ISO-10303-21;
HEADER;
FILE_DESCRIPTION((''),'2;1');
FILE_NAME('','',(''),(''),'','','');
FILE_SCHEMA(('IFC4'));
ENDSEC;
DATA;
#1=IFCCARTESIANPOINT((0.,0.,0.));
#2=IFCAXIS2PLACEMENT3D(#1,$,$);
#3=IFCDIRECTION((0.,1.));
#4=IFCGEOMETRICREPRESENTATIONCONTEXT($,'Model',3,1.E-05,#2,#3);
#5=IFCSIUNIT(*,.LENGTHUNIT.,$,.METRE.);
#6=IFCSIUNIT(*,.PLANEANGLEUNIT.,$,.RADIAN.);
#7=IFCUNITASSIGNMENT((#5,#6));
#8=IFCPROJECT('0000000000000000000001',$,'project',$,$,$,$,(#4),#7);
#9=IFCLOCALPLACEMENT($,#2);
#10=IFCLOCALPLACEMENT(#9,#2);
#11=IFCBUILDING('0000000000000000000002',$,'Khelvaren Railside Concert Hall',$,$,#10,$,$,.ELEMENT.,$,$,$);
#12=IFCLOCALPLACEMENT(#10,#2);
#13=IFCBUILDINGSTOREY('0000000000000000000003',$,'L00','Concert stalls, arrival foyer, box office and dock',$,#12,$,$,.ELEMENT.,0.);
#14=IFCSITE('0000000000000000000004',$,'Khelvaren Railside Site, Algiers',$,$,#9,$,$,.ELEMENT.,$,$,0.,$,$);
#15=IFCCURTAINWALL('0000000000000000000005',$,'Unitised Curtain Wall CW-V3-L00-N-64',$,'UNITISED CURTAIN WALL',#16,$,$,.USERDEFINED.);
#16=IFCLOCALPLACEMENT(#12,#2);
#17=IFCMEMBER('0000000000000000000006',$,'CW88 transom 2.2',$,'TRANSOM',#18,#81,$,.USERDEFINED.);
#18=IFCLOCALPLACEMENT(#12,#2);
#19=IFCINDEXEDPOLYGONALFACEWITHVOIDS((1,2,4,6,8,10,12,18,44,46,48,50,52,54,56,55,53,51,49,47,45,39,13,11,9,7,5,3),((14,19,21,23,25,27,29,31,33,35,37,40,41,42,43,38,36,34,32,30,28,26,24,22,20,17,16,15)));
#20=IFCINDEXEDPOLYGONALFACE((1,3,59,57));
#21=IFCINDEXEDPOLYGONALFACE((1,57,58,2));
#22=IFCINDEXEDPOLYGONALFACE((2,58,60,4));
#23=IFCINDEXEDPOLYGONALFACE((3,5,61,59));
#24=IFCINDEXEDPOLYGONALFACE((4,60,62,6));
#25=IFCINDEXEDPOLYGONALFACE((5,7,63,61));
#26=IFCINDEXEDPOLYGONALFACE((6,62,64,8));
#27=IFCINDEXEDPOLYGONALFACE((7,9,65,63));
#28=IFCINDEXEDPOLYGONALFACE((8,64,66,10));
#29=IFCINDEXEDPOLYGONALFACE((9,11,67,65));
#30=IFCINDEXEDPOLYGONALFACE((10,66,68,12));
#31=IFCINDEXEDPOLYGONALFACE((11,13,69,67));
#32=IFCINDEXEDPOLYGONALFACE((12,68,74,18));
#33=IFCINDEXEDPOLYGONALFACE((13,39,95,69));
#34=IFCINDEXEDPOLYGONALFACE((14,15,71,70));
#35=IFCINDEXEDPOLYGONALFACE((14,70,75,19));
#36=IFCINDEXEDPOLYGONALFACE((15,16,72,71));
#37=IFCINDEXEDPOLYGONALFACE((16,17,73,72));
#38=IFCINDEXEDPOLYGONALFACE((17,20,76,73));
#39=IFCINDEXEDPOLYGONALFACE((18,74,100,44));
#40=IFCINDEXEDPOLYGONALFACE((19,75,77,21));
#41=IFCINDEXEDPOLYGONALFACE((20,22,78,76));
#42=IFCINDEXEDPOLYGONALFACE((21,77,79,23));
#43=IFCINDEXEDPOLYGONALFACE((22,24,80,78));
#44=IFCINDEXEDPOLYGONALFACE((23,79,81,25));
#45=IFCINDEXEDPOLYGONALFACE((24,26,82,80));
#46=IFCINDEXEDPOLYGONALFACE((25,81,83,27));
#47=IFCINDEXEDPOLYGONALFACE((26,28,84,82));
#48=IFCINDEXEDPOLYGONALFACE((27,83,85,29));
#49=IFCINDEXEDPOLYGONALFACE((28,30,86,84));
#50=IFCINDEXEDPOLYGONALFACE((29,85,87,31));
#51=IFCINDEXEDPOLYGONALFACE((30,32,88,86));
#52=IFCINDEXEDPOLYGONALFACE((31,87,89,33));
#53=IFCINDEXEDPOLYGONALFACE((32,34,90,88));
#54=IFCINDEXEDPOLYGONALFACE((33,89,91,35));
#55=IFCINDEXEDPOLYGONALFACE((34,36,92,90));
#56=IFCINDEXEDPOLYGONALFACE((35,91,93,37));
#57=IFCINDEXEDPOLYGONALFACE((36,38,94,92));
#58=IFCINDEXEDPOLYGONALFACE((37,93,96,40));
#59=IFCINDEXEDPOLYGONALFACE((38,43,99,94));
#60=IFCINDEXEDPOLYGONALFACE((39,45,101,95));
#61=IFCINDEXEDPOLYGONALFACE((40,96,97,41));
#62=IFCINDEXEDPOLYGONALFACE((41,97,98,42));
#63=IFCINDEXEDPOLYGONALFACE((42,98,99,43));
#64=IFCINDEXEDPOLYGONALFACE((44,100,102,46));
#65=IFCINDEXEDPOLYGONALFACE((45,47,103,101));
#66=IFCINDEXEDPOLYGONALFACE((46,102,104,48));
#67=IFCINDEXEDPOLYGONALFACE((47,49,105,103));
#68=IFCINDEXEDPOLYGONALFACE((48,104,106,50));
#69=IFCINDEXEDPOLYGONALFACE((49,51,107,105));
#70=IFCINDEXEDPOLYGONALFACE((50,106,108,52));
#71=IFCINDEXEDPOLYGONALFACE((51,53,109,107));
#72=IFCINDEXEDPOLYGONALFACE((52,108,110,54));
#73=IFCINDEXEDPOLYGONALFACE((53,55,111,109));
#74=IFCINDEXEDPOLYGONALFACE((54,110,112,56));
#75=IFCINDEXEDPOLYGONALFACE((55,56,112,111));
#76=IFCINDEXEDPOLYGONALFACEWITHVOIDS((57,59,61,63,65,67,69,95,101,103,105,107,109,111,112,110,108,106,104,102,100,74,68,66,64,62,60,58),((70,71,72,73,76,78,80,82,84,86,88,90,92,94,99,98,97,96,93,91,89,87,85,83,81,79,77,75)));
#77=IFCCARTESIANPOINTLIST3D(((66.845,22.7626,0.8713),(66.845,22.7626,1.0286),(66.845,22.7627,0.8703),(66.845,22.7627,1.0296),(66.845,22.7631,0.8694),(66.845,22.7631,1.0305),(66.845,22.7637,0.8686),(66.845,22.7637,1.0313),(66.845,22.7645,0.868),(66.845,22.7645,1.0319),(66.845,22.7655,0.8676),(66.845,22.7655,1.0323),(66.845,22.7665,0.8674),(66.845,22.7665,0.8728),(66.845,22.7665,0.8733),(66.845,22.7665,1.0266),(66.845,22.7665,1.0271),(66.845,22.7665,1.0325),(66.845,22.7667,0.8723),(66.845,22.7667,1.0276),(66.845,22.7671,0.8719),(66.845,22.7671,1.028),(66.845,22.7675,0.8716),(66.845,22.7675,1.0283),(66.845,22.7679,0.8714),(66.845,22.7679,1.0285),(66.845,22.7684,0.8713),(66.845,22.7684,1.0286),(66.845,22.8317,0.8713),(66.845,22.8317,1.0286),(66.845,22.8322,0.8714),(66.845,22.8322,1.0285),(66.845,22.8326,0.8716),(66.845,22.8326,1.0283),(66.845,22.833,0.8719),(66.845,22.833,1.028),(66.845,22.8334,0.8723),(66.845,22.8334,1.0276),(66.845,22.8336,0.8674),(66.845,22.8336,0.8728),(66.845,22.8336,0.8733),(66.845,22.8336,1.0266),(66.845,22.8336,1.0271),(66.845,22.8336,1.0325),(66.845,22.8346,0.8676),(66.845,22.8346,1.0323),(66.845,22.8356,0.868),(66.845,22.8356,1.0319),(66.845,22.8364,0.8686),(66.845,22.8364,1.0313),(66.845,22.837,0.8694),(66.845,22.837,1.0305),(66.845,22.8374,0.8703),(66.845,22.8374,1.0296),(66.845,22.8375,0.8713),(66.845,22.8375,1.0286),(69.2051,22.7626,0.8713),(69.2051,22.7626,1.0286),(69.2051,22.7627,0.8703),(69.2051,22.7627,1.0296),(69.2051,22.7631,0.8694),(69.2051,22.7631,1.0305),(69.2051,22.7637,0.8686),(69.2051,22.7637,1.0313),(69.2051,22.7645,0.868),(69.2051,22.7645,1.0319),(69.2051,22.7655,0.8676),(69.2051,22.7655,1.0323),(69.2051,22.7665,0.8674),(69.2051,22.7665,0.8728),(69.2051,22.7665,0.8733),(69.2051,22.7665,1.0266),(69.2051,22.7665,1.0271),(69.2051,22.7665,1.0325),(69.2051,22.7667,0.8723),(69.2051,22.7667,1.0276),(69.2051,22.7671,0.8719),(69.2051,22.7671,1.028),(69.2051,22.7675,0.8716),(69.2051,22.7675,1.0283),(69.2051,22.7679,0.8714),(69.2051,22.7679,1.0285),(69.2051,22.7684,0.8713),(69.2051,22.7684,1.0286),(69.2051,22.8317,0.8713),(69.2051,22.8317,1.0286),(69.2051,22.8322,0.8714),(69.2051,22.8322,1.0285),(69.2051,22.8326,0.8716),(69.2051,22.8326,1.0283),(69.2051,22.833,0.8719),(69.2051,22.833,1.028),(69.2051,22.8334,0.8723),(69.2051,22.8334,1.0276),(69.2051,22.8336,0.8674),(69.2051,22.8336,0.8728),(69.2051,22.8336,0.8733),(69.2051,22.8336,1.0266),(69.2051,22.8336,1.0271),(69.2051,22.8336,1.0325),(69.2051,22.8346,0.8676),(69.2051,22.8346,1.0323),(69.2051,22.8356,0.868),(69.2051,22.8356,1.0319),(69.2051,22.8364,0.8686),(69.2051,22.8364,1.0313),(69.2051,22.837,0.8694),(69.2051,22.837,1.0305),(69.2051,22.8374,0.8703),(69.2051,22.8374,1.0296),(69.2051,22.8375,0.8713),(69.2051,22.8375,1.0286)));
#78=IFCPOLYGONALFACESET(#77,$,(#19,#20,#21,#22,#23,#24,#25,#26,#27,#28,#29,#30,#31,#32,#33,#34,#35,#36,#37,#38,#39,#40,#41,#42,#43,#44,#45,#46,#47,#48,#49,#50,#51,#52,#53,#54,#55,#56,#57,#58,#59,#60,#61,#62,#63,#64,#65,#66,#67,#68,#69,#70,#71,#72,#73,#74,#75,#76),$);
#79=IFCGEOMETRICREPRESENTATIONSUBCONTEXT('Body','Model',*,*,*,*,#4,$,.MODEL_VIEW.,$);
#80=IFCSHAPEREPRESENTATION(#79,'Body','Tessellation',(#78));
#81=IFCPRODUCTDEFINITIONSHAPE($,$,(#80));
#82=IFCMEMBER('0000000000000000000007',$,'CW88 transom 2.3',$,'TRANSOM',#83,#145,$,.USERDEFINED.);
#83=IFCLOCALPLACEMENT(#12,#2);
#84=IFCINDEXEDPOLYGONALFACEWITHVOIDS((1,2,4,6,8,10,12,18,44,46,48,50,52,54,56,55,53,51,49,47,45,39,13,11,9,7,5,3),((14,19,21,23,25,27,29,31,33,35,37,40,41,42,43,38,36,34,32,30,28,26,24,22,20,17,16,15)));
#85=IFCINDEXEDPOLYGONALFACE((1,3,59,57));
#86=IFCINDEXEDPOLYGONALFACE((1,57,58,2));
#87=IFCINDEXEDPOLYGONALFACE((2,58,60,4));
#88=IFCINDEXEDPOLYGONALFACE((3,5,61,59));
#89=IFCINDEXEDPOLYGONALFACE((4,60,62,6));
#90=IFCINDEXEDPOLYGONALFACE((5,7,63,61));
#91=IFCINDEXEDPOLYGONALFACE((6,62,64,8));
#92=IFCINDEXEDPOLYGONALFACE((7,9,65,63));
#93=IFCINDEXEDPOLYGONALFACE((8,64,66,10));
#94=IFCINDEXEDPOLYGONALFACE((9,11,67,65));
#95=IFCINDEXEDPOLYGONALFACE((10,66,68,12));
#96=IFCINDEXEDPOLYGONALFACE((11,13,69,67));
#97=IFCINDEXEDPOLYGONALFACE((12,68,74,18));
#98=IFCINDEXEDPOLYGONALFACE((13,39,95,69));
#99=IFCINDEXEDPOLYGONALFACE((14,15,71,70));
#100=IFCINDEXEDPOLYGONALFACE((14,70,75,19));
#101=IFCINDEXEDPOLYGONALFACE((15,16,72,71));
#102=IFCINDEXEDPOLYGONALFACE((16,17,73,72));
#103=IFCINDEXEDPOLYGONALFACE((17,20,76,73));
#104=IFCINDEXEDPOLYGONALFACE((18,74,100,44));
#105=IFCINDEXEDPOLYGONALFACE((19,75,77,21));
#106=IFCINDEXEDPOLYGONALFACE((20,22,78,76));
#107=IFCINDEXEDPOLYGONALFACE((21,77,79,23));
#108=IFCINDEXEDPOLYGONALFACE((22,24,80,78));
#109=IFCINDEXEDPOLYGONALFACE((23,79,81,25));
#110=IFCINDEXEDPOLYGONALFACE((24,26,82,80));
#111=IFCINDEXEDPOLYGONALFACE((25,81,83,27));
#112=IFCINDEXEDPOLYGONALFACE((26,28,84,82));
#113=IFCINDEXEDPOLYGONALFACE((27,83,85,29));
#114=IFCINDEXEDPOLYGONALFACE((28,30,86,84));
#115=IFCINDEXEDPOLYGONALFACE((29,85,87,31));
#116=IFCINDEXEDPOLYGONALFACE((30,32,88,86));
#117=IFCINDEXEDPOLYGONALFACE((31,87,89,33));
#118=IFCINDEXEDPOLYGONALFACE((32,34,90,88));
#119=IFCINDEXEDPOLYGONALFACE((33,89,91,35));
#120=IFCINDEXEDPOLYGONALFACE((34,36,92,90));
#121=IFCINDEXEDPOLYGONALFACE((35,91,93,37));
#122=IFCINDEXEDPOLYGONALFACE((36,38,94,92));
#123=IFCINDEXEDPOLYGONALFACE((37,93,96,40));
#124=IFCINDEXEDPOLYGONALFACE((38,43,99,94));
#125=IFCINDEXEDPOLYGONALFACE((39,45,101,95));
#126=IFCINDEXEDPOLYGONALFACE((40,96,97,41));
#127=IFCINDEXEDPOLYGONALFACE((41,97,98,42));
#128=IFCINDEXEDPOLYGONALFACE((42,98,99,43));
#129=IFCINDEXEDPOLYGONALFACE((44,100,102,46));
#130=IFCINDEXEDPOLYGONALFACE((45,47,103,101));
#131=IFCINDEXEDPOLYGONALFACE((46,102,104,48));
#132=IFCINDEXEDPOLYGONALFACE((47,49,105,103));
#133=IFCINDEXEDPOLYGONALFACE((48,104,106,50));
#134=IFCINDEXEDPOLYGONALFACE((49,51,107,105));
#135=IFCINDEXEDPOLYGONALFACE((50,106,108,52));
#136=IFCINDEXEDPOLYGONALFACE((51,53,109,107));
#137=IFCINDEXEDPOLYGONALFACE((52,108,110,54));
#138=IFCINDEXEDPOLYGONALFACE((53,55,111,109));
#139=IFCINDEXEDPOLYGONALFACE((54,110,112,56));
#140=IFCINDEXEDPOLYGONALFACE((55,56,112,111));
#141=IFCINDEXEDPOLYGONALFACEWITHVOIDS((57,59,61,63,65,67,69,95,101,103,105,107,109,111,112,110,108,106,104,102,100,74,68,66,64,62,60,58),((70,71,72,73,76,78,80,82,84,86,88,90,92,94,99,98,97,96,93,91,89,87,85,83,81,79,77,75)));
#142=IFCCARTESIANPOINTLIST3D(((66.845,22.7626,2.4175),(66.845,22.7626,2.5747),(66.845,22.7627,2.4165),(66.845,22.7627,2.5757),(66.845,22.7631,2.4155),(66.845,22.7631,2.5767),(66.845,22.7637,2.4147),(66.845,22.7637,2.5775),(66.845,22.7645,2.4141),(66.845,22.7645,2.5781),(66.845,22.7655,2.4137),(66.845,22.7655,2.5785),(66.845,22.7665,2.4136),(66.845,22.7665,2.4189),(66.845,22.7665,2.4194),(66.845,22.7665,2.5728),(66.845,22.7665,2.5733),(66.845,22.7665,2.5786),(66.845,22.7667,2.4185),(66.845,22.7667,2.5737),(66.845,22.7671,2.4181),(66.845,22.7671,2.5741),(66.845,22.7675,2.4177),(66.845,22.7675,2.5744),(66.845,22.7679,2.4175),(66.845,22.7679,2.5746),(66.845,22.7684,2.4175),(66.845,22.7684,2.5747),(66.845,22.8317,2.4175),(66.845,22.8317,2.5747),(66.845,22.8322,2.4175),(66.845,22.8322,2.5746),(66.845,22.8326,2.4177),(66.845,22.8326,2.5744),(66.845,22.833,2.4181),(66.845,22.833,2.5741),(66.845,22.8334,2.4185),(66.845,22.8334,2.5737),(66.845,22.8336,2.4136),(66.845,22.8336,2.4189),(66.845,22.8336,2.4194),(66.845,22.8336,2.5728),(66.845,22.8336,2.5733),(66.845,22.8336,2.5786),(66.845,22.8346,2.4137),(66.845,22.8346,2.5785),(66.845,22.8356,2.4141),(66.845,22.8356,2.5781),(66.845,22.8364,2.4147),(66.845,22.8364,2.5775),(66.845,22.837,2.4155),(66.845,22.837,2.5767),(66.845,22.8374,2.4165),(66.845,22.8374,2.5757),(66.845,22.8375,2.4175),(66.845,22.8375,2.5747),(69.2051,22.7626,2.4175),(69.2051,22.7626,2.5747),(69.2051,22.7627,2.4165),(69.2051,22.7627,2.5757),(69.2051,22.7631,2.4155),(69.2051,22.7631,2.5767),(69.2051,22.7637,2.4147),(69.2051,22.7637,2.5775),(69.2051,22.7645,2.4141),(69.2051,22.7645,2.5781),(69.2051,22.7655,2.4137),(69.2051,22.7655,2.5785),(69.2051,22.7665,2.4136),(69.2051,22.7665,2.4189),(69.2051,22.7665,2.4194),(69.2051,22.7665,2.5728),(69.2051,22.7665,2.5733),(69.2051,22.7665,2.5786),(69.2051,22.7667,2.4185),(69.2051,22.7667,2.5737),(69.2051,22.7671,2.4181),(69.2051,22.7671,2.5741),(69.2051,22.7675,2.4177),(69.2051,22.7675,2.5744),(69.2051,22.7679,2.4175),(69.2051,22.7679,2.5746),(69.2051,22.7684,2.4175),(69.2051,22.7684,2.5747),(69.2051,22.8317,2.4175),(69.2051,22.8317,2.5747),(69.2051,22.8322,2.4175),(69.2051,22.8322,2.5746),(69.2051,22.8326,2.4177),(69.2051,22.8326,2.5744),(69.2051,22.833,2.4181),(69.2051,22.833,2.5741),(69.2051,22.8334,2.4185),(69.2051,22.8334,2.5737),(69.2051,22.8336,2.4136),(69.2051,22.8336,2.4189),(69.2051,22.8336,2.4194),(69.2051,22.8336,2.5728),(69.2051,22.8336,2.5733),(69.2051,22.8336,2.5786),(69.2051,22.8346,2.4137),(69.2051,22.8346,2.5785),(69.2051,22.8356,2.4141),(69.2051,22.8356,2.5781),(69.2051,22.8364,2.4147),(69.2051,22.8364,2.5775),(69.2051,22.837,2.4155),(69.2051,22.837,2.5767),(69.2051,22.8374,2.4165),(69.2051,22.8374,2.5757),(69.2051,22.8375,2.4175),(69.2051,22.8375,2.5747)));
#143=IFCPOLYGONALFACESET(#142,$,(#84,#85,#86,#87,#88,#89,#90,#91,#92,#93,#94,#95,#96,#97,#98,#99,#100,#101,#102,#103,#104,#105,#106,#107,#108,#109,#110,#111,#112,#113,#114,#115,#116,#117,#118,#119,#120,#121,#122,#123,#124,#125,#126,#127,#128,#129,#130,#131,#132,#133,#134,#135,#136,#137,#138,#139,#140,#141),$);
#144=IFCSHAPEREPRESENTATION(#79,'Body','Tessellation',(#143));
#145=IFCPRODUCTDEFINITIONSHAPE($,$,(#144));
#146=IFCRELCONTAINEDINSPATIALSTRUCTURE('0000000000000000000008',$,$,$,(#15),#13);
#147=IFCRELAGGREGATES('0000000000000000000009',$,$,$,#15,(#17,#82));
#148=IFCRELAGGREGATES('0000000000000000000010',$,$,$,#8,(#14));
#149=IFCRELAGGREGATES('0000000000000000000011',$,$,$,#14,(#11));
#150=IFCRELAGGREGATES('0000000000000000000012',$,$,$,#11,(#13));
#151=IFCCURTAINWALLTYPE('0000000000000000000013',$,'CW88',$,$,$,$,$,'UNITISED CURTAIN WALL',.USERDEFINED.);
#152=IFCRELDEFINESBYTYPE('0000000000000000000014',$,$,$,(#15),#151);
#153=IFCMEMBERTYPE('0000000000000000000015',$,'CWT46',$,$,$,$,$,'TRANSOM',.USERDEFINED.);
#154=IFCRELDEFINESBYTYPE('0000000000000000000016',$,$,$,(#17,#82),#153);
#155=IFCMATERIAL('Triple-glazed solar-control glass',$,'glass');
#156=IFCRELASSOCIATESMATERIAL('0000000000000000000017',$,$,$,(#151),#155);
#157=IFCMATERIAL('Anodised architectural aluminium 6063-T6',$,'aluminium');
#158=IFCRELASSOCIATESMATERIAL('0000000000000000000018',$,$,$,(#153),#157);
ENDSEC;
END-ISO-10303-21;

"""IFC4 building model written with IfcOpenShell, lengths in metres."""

from ifc_helpers import new_model, si_unit, direction, frame, origin, origin_2d, place, context, subcontext, project, spatial, hollow_rectangle, extrude, material, material_profile, profile_set, type_object, element, aggregate, save


model = new_model("IFC4")

# Units and contexts
model_context = context("Model", 3, precision=1e-05, world=origin(), true_north=direction((0.0, 1.0)))
body_context = subcontext(model_context, "Body", "Model", "MODEL_VIEW")
ifc_project = project(units=[si_unit("LENGTHUNIT", "METRE"), si_unit("PLANEANGLEUNIT", "RADIAN")], contexts=[model_context])

# Site, building, storey
site_placement = place(None, origin())
site = spatial("IfcSite", under=ifc_project, at=site_placement, Name="Khelvaren Railside Site, Algiers", CompositionType="ELEMENT", RefElevation=0.0)
building_placement = place(site_placement, origin())
building = spatial("IfcBuilding", under=site, at=building_placement, Name="Khelvaren Railside Concert Hall", CompositionType="ELEMENT")
storey_placement = place(building_placement, origin())
storey = spatial("IfcBuildingStorey", under=building, at=storey_placement, Name="L00", Description="Concert stalls, arrival foyer, box office and dock", CompositionType="ELEMENT", Elevation=0.0)

# Curtain wall, members
ifc_material_1 = material(Name="Triple-glazed solar-control glass", Category="glass")
curtain_wall_type = type_object("IfcCurtainWallType", Name="CW88", ElementType="UNITISED CURTAIN WALL", PredefinedType="USERDEFINED", material=ifc_material_1)
curtain_wall_placement = place(storey_placement, origin())
curtain_wall = element("IfcCurtainWall", 1, at=curtain_wall_placement, inside=storey, type_object=curtain_wall_type, Name="Unitised Curtain Wall CW-V3-L00-N-64", ObjectType="UNITISED CURTAIN WALL", PredefinedType="USERDEFINED")
ifc_material_2 = material(Name="Anodised architectural aluminium 6063-T6", Category="aluminium")
ifc_material_profile_1 = material_profile(ifc_material_2, hollow_rectangle(XDim=0.075, YDim=0.165, WallThickness=0.0039, InnerFilletRadius=0.002, OuterFilletRadius=0.0039, at=origin_2d()), Name="CWT 75x165x4")
ifc_profile_set_1 = profile_set([ifc_material_profile_1], Name="Anodised architectural aluminium 6063-T6")
member_type_1 = type_object("IfcMemberType", Name="CWT46", ElementType="TRANSOM", PredefinedType="USERDEFINED", material=ifc_profile_set_1)
member_1_placement = place(storey_placement, frame((66.845, 22.8, 0.95), z_axis=(1.0, 0.0, 0.0), x_axis=(0.0, 1.0, 0.0)))
member_1 = element("IfcMember", 2, at=member_1_placement, type_object=member_type_1, Name="CW88 transom 2.2", ObjectType="TRANSOM", PredefinedType="USERDEFINED", context=body_context, shape_type="SweptSolid", body=[
    extrude(hollow_rectangle(XDim=0.075, YDim=0.165, WallThickness=0.0039, InnerFilletRadius=0.002, OuterFilletRadius=0.0039, at=origin_2d()), origin(), (0.0, 0.0, 1.0), 2.3601),
])
member_2_placement = place(storey_placement, frame((66.845, 22.8, 2.4961), z_axis=(1.0, 0.0, 0.0), x_axis=(0.0, 1.0, 0.0)))
member_2 = element("IfcMember", 3, at=member_2_placement, type_object=member_type_1, Name="CW88 transom 2.3", ObjectType="TRANSOM", PredefinedType="USERDEFINED", context=body_context, shape_type="SweptSolid", body=[
    extrude(hollow_rectangle(XDim=0.075, YDim=0.165, WallThickness=0.0039, InnerFilletRadius=0.002, OuterFilletRadius=0.0039, at=origin_2d()), origin(), (0.0, 0.0, 1.0), 2.3601),
])

aggregate(curtain_wall, [member_1, member_2])

save(model, "model.ifc")
